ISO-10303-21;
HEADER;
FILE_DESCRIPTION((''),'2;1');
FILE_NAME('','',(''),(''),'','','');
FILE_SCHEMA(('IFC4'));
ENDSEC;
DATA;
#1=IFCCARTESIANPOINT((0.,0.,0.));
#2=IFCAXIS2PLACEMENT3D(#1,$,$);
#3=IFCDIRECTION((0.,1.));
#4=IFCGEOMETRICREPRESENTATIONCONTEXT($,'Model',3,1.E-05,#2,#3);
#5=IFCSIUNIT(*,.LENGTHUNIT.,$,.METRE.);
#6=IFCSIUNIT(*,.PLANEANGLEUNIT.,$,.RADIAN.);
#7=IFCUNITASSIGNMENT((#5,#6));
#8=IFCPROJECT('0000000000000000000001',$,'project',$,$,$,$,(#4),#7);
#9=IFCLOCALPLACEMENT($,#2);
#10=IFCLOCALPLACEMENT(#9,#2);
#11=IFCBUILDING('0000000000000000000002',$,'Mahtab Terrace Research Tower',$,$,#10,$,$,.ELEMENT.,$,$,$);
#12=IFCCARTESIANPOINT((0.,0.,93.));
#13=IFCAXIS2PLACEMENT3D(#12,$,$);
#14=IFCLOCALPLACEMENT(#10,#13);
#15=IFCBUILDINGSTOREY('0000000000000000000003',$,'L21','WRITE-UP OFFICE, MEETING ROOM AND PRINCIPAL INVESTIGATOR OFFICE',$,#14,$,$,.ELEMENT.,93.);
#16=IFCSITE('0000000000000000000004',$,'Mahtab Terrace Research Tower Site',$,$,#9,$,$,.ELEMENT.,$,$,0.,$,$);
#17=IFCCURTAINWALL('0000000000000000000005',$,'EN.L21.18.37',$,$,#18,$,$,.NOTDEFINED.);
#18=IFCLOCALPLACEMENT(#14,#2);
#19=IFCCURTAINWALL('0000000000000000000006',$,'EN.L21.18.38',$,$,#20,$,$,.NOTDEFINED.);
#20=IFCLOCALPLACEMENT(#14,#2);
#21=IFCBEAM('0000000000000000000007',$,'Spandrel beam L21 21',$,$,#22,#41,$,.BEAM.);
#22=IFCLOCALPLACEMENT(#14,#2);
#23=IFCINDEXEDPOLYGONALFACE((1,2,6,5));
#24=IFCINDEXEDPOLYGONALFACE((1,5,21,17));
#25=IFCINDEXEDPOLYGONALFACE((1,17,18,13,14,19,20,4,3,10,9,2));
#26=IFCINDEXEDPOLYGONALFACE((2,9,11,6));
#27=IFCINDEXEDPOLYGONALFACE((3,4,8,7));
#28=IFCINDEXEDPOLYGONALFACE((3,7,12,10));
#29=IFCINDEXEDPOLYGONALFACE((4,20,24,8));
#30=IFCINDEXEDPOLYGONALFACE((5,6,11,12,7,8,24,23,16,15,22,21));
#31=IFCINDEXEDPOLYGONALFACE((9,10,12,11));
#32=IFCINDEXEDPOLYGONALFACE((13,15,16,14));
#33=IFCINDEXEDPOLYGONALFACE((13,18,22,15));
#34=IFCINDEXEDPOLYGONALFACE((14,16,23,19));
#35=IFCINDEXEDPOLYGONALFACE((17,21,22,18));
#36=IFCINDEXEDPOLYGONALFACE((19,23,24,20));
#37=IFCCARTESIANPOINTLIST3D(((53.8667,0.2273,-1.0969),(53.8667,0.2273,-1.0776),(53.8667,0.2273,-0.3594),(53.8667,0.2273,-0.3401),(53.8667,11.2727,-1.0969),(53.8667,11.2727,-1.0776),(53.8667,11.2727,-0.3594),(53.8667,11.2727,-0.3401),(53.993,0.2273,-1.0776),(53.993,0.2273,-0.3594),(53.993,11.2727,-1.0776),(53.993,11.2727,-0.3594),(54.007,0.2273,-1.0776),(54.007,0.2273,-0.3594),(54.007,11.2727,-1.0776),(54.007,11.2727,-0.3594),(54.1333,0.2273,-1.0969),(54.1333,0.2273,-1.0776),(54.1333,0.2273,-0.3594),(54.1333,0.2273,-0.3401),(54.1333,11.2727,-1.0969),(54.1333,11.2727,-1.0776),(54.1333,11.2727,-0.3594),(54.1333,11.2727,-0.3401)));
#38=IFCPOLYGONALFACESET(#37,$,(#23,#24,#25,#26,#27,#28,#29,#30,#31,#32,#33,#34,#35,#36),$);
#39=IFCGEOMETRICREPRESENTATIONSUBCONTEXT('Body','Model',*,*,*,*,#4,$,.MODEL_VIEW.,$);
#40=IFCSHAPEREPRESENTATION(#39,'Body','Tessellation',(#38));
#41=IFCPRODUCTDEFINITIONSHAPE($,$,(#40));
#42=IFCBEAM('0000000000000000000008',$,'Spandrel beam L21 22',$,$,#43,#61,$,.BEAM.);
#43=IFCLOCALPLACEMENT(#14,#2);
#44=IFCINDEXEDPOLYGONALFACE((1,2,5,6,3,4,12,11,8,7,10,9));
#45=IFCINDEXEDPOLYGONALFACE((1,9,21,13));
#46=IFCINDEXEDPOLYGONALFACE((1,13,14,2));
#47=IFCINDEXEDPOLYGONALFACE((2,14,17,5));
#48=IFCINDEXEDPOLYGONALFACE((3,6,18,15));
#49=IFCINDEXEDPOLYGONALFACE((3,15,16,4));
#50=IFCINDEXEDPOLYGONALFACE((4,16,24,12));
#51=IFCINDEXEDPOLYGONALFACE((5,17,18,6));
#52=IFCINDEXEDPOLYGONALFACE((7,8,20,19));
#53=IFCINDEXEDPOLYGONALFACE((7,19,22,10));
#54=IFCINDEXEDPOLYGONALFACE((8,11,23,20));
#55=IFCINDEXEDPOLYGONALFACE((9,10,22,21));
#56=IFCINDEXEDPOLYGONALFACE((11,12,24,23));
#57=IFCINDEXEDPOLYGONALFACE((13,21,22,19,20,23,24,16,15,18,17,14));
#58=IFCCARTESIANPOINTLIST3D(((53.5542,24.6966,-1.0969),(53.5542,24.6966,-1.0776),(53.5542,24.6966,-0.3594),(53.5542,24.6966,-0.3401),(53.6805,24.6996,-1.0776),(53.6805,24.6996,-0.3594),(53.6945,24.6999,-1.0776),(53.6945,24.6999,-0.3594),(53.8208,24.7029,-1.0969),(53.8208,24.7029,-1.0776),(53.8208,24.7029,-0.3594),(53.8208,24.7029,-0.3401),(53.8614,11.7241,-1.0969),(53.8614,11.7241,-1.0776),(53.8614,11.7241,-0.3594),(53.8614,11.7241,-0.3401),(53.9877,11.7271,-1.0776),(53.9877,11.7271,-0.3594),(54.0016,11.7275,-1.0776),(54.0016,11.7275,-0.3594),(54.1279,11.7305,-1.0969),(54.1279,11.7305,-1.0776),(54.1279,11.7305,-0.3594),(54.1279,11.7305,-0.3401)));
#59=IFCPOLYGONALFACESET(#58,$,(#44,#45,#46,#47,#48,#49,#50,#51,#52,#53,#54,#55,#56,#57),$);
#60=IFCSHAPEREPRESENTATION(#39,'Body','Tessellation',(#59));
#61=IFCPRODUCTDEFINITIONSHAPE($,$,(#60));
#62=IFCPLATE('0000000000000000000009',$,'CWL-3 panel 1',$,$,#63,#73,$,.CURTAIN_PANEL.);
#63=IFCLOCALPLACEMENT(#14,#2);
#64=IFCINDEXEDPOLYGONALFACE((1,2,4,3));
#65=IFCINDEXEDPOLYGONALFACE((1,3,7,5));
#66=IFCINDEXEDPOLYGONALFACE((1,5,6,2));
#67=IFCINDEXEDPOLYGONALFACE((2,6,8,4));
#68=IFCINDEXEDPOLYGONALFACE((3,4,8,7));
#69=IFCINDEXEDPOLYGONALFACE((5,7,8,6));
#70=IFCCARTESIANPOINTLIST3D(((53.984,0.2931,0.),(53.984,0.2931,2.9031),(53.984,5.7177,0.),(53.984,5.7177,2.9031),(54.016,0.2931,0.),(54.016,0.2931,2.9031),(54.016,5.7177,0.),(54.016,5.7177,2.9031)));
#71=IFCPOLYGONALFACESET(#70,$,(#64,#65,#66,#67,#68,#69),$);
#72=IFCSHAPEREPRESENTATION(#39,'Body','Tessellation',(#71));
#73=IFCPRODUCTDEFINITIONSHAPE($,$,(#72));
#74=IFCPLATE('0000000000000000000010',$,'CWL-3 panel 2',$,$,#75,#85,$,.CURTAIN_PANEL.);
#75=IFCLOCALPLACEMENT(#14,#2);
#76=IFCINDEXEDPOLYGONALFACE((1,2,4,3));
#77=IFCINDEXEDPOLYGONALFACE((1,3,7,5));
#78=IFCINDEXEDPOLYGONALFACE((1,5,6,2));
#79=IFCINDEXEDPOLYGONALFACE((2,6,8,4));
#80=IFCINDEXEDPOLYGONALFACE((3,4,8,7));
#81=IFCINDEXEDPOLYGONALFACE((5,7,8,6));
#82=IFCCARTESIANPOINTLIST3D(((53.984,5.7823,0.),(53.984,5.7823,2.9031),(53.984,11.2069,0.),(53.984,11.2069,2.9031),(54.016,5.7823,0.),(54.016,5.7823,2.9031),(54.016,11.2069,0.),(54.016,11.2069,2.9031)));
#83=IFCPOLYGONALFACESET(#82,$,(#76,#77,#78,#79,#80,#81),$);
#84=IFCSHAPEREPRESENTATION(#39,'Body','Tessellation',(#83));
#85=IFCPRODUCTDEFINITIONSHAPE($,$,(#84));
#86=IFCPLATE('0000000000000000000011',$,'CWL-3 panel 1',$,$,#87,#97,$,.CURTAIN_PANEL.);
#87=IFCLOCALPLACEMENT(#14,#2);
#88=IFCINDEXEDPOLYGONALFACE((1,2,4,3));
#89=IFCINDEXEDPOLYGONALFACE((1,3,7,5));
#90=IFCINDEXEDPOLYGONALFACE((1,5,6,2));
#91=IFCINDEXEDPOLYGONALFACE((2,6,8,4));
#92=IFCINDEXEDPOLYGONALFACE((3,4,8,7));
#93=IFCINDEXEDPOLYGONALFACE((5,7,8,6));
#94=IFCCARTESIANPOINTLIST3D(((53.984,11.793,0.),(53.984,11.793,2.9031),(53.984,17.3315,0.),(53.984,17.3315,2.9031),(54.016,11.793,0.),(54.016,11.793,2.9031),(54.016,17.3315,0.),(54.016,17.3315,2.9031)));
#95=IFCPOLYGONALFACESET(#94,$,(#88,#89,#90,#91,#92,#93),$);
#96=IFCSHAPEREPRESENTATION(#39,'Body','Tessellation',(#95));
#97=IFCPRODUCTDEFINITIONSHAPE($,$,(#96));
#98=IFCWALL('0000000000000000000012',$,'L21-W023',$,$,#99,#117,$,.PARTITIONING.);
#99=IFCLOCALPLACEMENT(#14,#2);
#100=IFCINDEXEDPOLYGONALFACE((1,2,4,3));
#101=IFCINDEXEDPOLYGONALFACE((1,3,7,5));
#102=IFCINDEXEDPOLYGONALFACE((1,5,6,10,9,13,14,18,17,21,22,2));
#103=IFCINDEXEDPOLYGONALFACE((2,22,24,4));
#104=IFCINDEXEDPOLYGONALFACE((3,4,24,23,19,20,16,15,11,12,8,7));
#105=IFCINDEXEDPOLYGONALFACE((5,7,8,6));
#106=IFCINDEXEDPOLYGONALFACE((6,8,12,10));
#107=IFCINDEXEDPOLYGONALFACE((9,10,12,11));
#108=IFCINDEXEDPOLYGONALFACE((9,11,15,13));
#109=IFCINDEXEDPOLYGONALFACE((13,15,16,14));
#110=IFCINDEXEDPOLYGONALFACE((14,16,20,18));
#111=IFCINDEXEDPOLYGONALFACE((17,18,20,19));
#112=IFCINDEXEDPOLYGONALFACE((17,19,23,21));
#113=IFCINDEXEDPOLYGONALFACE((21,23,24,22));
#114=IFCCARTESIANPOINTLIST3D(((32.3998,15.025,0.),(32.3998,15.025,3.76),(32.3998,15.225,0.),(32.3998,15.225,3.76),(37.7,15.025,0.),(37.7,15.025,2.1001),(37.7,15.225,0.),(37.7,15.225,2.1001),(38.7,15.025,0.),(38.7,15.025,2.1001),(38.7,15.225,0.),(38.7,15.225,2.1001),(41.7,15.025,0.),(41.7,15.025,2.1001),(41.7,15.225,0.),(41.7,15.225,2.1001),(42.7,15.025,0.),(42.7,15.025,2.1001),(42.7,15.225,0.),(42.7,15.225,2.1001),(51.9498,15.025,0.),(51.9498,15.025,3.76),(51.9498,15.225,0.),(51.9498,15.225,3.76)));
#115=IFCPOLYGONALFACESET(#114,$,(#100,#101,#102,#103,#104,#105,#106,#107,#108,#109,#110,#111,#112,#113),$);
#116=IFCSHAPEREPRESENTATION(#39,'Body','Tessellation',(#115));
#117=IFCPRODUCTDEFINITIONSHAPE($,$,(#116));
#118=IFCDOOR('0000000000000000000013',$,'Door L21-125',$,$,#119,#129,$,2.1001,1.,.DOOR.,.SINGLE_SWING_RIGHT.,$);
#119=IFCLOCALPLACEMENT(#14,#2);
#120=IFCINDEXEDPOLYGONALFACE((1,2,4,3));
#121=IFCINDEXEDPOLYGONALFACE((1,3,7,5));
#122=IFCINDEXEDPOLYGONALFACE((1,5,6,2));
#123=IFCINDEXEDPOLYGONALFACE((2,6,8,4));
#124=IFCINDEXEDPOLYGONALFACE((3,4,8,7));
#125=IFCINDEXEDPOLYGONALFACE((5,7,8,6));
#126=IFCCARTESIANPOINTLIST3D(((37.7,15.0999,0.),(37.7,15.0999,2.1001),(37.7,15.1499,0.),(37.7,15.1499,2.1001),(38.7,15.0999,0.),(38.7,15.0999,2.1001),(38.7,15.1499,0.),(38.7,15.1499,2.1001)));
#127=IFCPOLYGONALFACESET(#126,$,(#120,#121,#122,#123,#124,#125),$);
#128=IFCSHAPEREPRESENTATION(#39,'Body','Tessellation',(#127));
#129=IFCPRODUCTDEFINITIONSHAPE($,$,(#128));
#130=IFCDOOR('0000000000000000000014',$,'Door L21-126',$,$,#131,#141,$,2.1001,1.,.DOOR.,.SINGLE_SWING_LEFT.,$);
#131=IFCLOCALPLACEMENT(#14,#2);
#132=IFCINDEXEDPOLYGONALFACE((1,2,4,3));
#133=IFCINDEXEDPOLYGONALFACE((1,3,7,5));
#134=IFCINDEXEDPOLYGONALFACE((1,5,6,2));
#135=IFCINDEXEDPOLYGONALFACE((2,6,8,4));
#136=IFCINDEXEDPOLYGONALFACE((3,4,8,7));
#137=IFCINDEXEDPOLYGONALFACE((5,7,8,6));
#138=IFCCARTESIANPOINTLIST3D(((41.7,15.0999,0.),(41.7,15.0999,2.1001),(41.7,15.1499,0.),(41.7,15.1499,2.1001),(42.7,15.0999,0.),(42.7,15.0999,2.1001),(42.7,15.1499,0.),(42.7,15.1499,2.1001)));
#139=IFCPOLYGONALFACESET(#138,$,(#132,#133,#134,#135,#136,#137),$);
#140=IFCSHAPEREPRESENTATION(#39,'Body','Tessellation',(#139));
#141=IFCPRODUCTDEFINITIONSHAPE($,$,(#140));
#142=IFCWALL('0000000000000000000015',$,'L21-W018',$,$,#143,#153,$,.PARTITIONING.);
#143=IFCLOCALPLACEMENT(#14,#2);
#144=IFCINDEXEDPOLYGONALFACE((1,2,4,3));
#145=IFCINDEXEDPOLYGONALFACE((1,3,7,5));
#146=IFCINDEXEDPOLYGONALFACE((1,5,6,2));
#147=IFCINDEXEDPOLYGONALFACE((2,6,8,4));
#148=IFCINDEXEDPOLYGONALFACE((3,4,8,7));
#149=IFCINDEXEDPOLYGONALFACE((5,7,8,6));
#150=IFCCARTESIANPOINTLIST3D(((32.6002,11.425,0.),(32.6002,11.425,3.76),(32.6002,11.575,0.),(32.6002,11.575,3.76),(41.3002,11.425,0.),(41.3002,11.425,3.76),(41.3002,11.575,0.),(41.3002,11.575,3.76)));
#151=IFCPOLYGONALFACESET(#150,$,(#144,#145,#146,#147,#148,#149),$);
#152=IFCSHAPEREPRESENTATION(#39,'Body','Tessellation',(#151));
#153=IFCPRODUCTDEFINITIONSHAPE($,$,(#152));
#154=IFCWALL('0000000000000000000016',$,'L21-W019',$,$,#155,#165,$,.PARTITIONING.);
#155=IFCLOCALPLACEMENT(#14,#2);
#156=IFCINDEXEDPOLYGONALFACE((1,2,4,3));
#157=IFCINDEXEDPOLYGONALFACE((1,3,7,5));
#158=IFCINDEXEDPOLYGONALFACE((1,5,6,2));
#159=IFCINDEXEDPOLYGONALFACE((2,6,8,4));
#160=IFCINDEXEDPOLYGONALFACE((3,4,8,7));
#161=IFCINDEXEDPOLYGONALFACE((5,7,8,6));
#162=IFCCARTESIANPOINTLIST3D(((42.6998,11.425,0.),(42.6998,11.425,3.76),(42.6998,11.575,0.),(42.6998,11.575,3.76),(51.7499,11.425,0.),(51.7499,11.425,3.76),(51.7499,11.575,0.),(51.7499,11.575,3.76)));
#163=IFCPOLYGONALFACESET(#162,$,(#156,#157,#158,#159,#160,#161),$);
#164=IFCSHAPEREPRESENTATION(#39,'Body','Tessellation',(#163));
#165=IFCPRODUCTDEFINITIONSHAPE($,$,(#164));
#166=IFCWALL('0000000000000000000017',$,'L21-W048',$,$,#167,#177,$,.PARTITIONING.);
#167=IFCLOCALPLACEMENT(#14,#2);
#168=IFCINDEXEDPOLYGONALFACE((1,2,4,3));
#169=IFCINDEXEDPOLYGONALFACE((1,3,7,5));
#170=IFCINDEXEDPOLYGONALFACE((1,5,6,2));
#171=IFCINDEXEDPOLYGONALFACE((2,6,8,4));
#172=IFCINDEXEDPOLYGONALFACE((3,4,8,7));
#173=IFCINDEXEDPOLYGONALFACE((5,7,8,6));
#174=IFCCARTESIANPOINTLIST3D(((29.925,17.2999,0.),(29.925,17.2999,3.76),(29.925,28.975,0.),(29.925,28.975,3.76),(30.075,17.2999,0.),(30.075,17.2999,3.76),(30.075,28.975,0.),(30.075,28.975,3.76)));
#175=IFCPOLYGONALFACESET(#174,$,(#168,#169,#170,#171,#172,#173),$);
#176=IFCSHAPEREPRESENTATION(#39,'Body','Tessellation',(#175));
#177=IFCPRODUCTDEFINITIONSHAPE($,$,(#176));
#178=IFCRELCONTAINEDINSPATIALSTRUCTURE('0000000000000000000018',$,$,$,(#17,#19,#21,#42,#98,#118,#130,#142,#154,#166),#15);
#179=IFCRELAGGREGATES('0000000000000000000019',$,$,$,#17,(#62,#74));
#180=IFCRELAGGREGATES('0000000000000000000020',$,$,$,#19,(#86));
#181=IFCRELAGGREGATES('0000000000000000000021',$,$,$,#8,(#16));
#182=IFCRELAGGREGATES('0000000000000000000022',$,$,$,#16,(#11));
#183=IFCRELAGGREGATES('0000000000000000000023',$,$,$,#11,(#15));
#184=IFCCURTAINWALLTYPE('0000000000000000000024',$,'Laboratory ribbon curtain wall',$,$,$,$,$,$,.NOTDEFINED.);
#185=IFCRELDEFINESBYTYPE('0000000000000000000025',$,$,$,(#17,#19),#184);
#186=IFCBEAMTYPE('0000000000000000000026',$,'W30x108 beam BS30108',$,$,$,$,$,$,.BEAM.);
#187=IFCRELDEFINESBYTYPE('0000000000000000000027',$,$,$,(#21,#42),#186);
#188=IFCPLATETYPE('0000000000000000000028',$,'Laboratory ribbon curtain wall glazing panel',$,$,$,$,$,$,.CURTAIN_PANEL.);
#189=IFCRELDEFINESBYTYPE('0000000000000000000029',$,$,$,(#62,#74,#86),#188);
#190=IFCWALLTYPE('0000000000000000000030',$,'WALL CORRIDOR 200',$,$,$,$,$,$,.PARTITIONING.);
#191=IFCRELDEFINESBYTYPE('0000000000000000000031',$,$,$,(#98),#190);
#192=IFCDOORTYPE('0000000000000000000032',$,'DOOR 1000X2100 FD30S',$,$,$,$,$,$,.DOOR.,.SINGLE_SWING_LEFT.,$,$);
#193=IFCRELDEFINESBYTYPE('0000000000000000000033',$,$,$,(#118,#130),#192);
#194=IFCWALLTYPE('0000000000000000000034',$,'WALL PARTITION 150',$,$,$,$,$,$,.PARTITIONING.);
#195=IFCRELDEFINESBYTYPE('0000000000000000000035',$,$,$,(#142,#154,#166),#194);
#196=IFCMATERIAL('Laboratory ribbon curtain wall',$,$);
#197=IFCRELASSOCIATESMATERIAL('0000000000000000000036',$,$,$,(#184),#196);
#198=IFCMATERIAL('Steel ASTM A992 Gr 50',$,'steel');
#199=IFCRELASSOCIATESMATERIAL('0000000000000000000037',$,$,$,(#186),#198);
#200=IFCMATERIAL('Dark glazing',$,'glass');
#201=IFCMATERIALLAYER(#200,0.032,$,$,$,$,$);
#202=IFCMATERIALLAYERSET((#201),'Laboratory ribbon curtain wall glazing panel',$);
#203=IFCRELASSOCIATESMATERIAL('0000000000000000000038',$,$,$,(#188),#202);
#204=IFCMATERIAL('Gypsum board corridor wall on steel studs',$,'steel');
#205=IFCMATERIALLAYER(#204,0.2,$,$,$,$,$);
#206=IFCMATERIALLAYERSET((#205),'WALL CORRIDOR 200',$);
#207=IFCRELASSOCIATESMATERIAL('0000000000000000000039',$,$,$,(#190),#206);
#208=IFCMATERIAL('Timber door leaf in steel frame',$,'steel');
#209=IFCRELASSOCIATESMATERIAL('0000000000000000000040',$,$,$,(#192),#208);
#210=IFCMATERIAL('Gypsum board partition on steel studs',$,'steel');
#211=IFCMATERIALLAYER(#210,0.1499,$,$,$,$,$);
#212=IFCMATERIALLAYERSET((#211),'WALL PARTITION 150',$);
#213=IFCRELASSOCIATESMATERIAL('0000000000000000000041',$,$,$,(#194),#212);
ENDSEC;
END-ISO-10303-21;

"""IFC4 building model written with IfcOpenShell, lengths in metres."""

from ifc_helpers import new_model, si_unit, direction, frame, frame_2d, origin, origin_2d, place, context, subcontext, project, spatial, rectangle, i_section, extrude, material, layer, layer_set, material_profile, profile_set, type_object, element, fill, aggregate, save


model = new_model("IFC4")

# Units and contexts
model_context = context("Model", 3, precision=1e-05, world=origin(), true_north=direction((0.0, 1.0)))
body_context = subcontext(model_context, "Body", "Model", "MODEL_VIEW")
ifc_project = project(units=[si_unit("LENGTHUNIT", "METRE"), si_unit("PLANEANGLEUNIT", "RADIAN")], contexts=[model_context])

# Site, building, storey
site_placement = place(None, origin())
site = spatial("IfcSite", under=ifc_project, at=site_placement, Name="Mahtab Terrace Research Tower Site", CompositionType="ELEMENT", RefElevation=0.0)
building_placement = place(site_placement, origin())
building = spatial("IfcBuilding", under=site, at=building_placement, Name="Mahtab Terrace Research Tower", CompositionType="ELEMENT")
storey_placement = place(building_placement, frame((0.0, 0.0, 93.0)))
storey = spatial("IfcBuildingStorey", under=building, at=storey_placement, Name="L21", Description="WRITE-UP OFFICE, MEETING ROOM AND PRINCIPAL INVESTIGATOR OFFICE", CompositionType="ELEMENT", Elevation=93.0)

# Shared definitions
ifc_material_1 = material(Name="Steel ASTM A992 Gr 50", Category="steel")

# Curtain walls
ifc_material_2 = material(Name="Laboratory ribbon curtain wall")
curtain_wall_type = type_object("IfcCurtainWallType", Name="Laboratory ribbon curtain wall", PredefinedType="NOTDEFINED", material=ifc_material_2)
curtain_wall_1_placement = place(storey_placement, origin())
curtain_wall_1 = element("IfcCurtainWall", 1, at=curtain_wall_1_placement, inside=storey, type_object=curtain_wall_type, Name="EN.L21.18.37", PredefinedType="NOTDEFINED")
curtain_wall_2_placement = place(storey_placement, origin())
curtain_wall_2 = element("IfcCurtainWall", 2, at=curtain_wall_2_placement, inside=storey, type_object=curtain_wall_type, Name="EN.L21.18.38", PredefinedType="NOTDEFINED")

# Beams
ifc_material_profile_1 = material_profile(ifc_material_1, i_section(OverallWidth=0.2666, OverallDepth=0.7568, WebThickness=0.0139, FlangeThickness=0.0193, at=origin_2d()), Name="W30X108")
ifc_profile_set_1 = profile_set([ifc_material_profile_1], Name="Steel ASTM A992 Gr 50")
beam_type = type_object("IfcBeamType", Name="W30x108 beam BS30108", PredefinedType="BEAM", material=ifc_profile_set_1)
beam_1_placement = place(storey_placement, frame((54.0, 0.2273, -0.7185), z_axis=(0.0, 1.0, 0.0), x_axis=(-1.0, 0.0, 0.0)))
element("IfcBeam", 3, at=beam_1_placement, inside=storey, type_object=beam_type, Name="Spandrel beam L21 21", PredefinedType="BEAM", context=body_context, shape_type="SweptSolid", body=[
    extrude(i_section(OverallWidth=0.2666, OverallDepth=0.7568, WebThickness=0.0139, FlangeThickness=0.0193, at=origin_2d()), origin(), (0.0, 0.0, 1.0), 11.0454),
])
beam_2_placement = place(storey_placement, frame((53.9946, 11.7273, -0.7185), z_axis=(-0.023669, 0.99972, 0.0), x_axis=(-0.99972, -0.023669, 0.0)))
element("IfcBeam", 4, at=beam_2_placement, inside=storey, type_object=beam_type, Name="Spandrel beam L21 22", PredefinedType="BEAM", context=body_context, shape_type="SweptSolid", body=[
    extrude(i_section(OverallWidth=0.2666, OverallDepth=0.7568, WebThickness=0.0139, FlangeThickness=0.0193, at=origin_2d()), origin(), (0.0, 0.0, 1.0), 12.9761),
])

# Plates
ifc_material_3 = material(Name="Dark glazing", Category="glass")
ifc_layer_1 = layer(ifc_material_3, 0.032)
ifc_layer_set_1 = layer_set([ifc_layer_1], Name="Laboratory ribbon curtain wall glazing panel")
plate_type = type_object("IfcPlateType", Name="Laboratory ribbon curtain wall glazing panel", PredefinedType="CURTAIN_PANEL", material=ifc_layer_set_1)
plate_1_placement = place(storey_placement, frame((54.0, 3.0054, 0.0), z_axis=(0.0, 0.0, 1.0), x_axis=(0.0, 1.0, 0.0)))
plate_1 = element("IfcPlate", 5, at=plate_1_placement, type_object=plate_type, Name="CWL-3 panel 1", PredefinedType="CURTAIN_PANEL", context=body_context, shape_type="SweptSolid", body=[
    extrude(rectangle(XDim=5.4246, YDim=0.032, at=origin_2d()), origin(), (0.0, 0.0, 1.0), 2.9031),
])
plate_2_placement = place(storey_placement, frame((54.0, 8.4946, 0.0), z_axis=(0.0, 0.0, 1.0), x_axis=(0.0, 1.0, 0.0)))
plate_2 = element("IfcPlate", 6, at=plate_2_placement, type_object=plate_type, Name="CWL-3 panel 2", PredefinedType="CURTAIN_PANEL", context=body_context, shape_type="SweptSolid", body=[
    extrude(rectangle(XDim=5.4246, YDim=0.032, at=origin_2d()), origin(), (0.0, 0.0, 1.0), 2.9031),
])
aggregate(curtain_wall_1, [plate_1, plate_2])
plate_3_placement = place(storey_placement, frame((54.0, 14.5623, 0.0), z_axis=(0.0, 0.0, 1.0), x_axis=(0.0, 1.0, 0.0)))
plate_3 = element("IfcPlate", 7, at=plate_3_placement, type_object=plate_type, Name="CWL-3 panel 1", PredefinedType="CURTAIN_PANEL", context=body_context, shape_type="SweptSolid", body=[
    extrude(rectangle(XDim=5.5386, YDim=0.032, at=origin_2d()), origin(), (0.0, 0.0, 1.0), 2.9031),
])
aggregate(curtain_wall_2, [plate_3])

# Wall, openings, doors
ifc_material_4 = material(Name="Gypsum board corridor wall on steel studs", Category="steel")
ifc_layer_2 = layer(ifc_material_4, 0.2)
ifc_layer_set_2 = layer_set([ifc_layer_2], Name="WALL CORRIDOR 200")
wall_type_1 = type_object("IfcWallType", Name="WALL CORRIDOR 200", PredefinedType="PARTITIONING", material=ifc_layer_set_2)
wall_1_placement = place(storey_placement, frame((32.3999, 15.125, 0.0), z_axis=(0.0, 0.0, 1.0), x_axis=(1.0, 0.0, 0.0)))
wall_1 = element("IfcWall", 8, at=wall_1_placement, inside=storey, type_object=wall_type_1, Name="L21-W023", PredefinedType="PARTITIONING", context=body_context, shape_type="SweptSolid", body=[
    extrude(rectangle(XDim=19.55, YDim=0.2, at=frame_2d((9.7749, 0.0))), origin(), (0.0, 0.0, 1.0), 3.76),
])
opening_1_placement = place(wall_1_placement, frame((5.3, 0.0, 0.0)))
opening_1 = element("IfcOpeningElement", 9, at=opening_1_placement, cuts=wall_1, PredefinedType="OPENING", context=body_context, shape_type="SweptSolid", body=[
    extrude(rectangle(XDim=1.0, YDim=2.1001, at=frame_2d((0.5, 1.05))), frame((0.0, 0.1099, 0.0), z_axis=(0.0, -1.0, 0.0), x_axis=(1.0, 0.0, 0.0)), (0.0, 0.0, 1.0), 0.22),
])
opening_2_placement = place(wall_1_placement, frame((9.3, 0.0, 0.0)))
opening_2 = element("IfcOpeningElement", 10, at=opening_2_placement, cuts=wall_1, PredefinedType="OPENING", context=body_context, shape_type="SweptSolid", body=[
    extrude(rectangle(XDim=1.0, YDim=2.1001, at=frame_2d((0.5, 1.05))), frame((0.0, 0.1099, 0.0), z_axis=(0.0, -1.0, 0.0), x_axis=(1.0, 0.0, 0.0)), (0.0, 0.0, 1.0), 0.22),
])
ifc_material_5 = material(Name="Timber door leaf in steel frame", Category="steel")
door_type = type_object("IfcDoorType", Name="DOOR 1000X2100 FD30S", OperationType="SINGLE_SWING_LEFT", PredefinedType="DOOR", material=ifc_material_5)
door_1_placement = place(opening_1_placement, origin())
door_1 = element("IfcDoor", 11, at=door_1_placement, inside=storey, type_object=door_type, Name="Door L21-125", OperationType="SINGLE_SWING_RIGHT", OverallHeight=2.1001, OverallWidth=1.0, PredefinedType="DOOR", context=body_context, shape_type="SweptSolid", body=[
    extrude(rectangle(XDim=1.0, YDim=2.1001, at=frame_2d((0.5, 1.05))), frame((0.0, 0.0249, 0.0), z_axis=(0.0, -1.0, 0.0), x_axis=(1.0, 0.0, 0.0)), (0.0, 0.0, 1.0), 0.05),
])
fill(opening_1, door_1)
door_2_placement = place(opening_2_placement, origin())
door_2 = element("IfcDoor", 12, at=door_2_placement, inside=storey, type_object=door_type, Name="Door L21-126", OperationType="SINGLE_SWING_LEFT", OverallHeight=2.1001, OverallWidth=1.0, PredefinedType="DOOR", context=body_context, shape_type="SweptSolid", body=[
    extrude(rectangle(XDim=1.0, YDim=2.1001, at=frame_2d((0.5, 1.05))), frame((0.0, 0.0249, 0.0), z_axis=(0.0, -1.0, 0.0), x_axis=(1.0, 0.0, 0.0)), (0.0, 0.0, 1.0), 0.05),
])
fill(opening_2, door_2)

# Walls
ifc_material_6 = material(Name="Gypsum board partition on steel studs", Category="steel")
ifc_layer_3 = layer(ifc_material_6, 0.1499)
ifc_layer_set_3 = layer_set([ifc_layer_3], Name="WALL PARTITION 150")
wall_type_2 = type_object("IfcWallType", Name="WALL PARTITION 150", PredefinedType="PARTITIONING", material=ifc_layer_set_3)
wall_2_placement = place(storey_placement, frame((32.6001, 11.5, 0.0), z_axis=(0.0, 0.0, 1.0), x_axis=(1.0, 0.0, 0.0)))
element("IfcWall", 13, at=wall_2_placement, inside=storey, type_object=wall_type_2, Name="L21-W018", PredefinedType="PARTITIONING", context=body_context, shape_type="SweptSolid", body=[
    extrude(rectangle(XDim=8.7, YDim=0.1499, at=frame_2d((4.3501, 0.0))), origin(), (0.0, 0.0, 1.0), 3.76),
])
wall_3_placement = place(storey_placement, frame((42.7, 11.5, 0.0), z_axis=(0.0, 0.0, 1.0), x_axis=(1.0, 0.0, 0.0)))
element("IfcWall", 14, at=wall_3_placement, inside=storey, type_object=wall_type_2, Name="L21-W019", PredefinedType="PARTITIONING", context=body_context, shape_type="SweptSolid", body=[
    extrude(rectangle(XDim=9.05, YDim=0.1499, at=frame_2d((4.5249, 0.0))), origin(), (0.0, 0.0, 1.0), 3.76),
])
wall_4_placement = place(storey_placement, frame((30.0, 17.3, 0.0), z_axis=(0.0, 0.0, 1.0), x_axis=(0.0, 1.0, 0.0)))
element("IfcWall", 15, at=wall_4_placement, inside=storey, type_object=wall_type_2, Name="L21-W048", PredefinedType="PARTITIONING", context=body_context, shape_type="SweptSolid", body=[
    extrude(rectangle(XDim=11.675, YDim=0.1499, at=frame_2d((5.8374, 0.0))), origin(), (0.0, 0.0, 1.0), 3.76),
])

save(model, "model.ifc")
